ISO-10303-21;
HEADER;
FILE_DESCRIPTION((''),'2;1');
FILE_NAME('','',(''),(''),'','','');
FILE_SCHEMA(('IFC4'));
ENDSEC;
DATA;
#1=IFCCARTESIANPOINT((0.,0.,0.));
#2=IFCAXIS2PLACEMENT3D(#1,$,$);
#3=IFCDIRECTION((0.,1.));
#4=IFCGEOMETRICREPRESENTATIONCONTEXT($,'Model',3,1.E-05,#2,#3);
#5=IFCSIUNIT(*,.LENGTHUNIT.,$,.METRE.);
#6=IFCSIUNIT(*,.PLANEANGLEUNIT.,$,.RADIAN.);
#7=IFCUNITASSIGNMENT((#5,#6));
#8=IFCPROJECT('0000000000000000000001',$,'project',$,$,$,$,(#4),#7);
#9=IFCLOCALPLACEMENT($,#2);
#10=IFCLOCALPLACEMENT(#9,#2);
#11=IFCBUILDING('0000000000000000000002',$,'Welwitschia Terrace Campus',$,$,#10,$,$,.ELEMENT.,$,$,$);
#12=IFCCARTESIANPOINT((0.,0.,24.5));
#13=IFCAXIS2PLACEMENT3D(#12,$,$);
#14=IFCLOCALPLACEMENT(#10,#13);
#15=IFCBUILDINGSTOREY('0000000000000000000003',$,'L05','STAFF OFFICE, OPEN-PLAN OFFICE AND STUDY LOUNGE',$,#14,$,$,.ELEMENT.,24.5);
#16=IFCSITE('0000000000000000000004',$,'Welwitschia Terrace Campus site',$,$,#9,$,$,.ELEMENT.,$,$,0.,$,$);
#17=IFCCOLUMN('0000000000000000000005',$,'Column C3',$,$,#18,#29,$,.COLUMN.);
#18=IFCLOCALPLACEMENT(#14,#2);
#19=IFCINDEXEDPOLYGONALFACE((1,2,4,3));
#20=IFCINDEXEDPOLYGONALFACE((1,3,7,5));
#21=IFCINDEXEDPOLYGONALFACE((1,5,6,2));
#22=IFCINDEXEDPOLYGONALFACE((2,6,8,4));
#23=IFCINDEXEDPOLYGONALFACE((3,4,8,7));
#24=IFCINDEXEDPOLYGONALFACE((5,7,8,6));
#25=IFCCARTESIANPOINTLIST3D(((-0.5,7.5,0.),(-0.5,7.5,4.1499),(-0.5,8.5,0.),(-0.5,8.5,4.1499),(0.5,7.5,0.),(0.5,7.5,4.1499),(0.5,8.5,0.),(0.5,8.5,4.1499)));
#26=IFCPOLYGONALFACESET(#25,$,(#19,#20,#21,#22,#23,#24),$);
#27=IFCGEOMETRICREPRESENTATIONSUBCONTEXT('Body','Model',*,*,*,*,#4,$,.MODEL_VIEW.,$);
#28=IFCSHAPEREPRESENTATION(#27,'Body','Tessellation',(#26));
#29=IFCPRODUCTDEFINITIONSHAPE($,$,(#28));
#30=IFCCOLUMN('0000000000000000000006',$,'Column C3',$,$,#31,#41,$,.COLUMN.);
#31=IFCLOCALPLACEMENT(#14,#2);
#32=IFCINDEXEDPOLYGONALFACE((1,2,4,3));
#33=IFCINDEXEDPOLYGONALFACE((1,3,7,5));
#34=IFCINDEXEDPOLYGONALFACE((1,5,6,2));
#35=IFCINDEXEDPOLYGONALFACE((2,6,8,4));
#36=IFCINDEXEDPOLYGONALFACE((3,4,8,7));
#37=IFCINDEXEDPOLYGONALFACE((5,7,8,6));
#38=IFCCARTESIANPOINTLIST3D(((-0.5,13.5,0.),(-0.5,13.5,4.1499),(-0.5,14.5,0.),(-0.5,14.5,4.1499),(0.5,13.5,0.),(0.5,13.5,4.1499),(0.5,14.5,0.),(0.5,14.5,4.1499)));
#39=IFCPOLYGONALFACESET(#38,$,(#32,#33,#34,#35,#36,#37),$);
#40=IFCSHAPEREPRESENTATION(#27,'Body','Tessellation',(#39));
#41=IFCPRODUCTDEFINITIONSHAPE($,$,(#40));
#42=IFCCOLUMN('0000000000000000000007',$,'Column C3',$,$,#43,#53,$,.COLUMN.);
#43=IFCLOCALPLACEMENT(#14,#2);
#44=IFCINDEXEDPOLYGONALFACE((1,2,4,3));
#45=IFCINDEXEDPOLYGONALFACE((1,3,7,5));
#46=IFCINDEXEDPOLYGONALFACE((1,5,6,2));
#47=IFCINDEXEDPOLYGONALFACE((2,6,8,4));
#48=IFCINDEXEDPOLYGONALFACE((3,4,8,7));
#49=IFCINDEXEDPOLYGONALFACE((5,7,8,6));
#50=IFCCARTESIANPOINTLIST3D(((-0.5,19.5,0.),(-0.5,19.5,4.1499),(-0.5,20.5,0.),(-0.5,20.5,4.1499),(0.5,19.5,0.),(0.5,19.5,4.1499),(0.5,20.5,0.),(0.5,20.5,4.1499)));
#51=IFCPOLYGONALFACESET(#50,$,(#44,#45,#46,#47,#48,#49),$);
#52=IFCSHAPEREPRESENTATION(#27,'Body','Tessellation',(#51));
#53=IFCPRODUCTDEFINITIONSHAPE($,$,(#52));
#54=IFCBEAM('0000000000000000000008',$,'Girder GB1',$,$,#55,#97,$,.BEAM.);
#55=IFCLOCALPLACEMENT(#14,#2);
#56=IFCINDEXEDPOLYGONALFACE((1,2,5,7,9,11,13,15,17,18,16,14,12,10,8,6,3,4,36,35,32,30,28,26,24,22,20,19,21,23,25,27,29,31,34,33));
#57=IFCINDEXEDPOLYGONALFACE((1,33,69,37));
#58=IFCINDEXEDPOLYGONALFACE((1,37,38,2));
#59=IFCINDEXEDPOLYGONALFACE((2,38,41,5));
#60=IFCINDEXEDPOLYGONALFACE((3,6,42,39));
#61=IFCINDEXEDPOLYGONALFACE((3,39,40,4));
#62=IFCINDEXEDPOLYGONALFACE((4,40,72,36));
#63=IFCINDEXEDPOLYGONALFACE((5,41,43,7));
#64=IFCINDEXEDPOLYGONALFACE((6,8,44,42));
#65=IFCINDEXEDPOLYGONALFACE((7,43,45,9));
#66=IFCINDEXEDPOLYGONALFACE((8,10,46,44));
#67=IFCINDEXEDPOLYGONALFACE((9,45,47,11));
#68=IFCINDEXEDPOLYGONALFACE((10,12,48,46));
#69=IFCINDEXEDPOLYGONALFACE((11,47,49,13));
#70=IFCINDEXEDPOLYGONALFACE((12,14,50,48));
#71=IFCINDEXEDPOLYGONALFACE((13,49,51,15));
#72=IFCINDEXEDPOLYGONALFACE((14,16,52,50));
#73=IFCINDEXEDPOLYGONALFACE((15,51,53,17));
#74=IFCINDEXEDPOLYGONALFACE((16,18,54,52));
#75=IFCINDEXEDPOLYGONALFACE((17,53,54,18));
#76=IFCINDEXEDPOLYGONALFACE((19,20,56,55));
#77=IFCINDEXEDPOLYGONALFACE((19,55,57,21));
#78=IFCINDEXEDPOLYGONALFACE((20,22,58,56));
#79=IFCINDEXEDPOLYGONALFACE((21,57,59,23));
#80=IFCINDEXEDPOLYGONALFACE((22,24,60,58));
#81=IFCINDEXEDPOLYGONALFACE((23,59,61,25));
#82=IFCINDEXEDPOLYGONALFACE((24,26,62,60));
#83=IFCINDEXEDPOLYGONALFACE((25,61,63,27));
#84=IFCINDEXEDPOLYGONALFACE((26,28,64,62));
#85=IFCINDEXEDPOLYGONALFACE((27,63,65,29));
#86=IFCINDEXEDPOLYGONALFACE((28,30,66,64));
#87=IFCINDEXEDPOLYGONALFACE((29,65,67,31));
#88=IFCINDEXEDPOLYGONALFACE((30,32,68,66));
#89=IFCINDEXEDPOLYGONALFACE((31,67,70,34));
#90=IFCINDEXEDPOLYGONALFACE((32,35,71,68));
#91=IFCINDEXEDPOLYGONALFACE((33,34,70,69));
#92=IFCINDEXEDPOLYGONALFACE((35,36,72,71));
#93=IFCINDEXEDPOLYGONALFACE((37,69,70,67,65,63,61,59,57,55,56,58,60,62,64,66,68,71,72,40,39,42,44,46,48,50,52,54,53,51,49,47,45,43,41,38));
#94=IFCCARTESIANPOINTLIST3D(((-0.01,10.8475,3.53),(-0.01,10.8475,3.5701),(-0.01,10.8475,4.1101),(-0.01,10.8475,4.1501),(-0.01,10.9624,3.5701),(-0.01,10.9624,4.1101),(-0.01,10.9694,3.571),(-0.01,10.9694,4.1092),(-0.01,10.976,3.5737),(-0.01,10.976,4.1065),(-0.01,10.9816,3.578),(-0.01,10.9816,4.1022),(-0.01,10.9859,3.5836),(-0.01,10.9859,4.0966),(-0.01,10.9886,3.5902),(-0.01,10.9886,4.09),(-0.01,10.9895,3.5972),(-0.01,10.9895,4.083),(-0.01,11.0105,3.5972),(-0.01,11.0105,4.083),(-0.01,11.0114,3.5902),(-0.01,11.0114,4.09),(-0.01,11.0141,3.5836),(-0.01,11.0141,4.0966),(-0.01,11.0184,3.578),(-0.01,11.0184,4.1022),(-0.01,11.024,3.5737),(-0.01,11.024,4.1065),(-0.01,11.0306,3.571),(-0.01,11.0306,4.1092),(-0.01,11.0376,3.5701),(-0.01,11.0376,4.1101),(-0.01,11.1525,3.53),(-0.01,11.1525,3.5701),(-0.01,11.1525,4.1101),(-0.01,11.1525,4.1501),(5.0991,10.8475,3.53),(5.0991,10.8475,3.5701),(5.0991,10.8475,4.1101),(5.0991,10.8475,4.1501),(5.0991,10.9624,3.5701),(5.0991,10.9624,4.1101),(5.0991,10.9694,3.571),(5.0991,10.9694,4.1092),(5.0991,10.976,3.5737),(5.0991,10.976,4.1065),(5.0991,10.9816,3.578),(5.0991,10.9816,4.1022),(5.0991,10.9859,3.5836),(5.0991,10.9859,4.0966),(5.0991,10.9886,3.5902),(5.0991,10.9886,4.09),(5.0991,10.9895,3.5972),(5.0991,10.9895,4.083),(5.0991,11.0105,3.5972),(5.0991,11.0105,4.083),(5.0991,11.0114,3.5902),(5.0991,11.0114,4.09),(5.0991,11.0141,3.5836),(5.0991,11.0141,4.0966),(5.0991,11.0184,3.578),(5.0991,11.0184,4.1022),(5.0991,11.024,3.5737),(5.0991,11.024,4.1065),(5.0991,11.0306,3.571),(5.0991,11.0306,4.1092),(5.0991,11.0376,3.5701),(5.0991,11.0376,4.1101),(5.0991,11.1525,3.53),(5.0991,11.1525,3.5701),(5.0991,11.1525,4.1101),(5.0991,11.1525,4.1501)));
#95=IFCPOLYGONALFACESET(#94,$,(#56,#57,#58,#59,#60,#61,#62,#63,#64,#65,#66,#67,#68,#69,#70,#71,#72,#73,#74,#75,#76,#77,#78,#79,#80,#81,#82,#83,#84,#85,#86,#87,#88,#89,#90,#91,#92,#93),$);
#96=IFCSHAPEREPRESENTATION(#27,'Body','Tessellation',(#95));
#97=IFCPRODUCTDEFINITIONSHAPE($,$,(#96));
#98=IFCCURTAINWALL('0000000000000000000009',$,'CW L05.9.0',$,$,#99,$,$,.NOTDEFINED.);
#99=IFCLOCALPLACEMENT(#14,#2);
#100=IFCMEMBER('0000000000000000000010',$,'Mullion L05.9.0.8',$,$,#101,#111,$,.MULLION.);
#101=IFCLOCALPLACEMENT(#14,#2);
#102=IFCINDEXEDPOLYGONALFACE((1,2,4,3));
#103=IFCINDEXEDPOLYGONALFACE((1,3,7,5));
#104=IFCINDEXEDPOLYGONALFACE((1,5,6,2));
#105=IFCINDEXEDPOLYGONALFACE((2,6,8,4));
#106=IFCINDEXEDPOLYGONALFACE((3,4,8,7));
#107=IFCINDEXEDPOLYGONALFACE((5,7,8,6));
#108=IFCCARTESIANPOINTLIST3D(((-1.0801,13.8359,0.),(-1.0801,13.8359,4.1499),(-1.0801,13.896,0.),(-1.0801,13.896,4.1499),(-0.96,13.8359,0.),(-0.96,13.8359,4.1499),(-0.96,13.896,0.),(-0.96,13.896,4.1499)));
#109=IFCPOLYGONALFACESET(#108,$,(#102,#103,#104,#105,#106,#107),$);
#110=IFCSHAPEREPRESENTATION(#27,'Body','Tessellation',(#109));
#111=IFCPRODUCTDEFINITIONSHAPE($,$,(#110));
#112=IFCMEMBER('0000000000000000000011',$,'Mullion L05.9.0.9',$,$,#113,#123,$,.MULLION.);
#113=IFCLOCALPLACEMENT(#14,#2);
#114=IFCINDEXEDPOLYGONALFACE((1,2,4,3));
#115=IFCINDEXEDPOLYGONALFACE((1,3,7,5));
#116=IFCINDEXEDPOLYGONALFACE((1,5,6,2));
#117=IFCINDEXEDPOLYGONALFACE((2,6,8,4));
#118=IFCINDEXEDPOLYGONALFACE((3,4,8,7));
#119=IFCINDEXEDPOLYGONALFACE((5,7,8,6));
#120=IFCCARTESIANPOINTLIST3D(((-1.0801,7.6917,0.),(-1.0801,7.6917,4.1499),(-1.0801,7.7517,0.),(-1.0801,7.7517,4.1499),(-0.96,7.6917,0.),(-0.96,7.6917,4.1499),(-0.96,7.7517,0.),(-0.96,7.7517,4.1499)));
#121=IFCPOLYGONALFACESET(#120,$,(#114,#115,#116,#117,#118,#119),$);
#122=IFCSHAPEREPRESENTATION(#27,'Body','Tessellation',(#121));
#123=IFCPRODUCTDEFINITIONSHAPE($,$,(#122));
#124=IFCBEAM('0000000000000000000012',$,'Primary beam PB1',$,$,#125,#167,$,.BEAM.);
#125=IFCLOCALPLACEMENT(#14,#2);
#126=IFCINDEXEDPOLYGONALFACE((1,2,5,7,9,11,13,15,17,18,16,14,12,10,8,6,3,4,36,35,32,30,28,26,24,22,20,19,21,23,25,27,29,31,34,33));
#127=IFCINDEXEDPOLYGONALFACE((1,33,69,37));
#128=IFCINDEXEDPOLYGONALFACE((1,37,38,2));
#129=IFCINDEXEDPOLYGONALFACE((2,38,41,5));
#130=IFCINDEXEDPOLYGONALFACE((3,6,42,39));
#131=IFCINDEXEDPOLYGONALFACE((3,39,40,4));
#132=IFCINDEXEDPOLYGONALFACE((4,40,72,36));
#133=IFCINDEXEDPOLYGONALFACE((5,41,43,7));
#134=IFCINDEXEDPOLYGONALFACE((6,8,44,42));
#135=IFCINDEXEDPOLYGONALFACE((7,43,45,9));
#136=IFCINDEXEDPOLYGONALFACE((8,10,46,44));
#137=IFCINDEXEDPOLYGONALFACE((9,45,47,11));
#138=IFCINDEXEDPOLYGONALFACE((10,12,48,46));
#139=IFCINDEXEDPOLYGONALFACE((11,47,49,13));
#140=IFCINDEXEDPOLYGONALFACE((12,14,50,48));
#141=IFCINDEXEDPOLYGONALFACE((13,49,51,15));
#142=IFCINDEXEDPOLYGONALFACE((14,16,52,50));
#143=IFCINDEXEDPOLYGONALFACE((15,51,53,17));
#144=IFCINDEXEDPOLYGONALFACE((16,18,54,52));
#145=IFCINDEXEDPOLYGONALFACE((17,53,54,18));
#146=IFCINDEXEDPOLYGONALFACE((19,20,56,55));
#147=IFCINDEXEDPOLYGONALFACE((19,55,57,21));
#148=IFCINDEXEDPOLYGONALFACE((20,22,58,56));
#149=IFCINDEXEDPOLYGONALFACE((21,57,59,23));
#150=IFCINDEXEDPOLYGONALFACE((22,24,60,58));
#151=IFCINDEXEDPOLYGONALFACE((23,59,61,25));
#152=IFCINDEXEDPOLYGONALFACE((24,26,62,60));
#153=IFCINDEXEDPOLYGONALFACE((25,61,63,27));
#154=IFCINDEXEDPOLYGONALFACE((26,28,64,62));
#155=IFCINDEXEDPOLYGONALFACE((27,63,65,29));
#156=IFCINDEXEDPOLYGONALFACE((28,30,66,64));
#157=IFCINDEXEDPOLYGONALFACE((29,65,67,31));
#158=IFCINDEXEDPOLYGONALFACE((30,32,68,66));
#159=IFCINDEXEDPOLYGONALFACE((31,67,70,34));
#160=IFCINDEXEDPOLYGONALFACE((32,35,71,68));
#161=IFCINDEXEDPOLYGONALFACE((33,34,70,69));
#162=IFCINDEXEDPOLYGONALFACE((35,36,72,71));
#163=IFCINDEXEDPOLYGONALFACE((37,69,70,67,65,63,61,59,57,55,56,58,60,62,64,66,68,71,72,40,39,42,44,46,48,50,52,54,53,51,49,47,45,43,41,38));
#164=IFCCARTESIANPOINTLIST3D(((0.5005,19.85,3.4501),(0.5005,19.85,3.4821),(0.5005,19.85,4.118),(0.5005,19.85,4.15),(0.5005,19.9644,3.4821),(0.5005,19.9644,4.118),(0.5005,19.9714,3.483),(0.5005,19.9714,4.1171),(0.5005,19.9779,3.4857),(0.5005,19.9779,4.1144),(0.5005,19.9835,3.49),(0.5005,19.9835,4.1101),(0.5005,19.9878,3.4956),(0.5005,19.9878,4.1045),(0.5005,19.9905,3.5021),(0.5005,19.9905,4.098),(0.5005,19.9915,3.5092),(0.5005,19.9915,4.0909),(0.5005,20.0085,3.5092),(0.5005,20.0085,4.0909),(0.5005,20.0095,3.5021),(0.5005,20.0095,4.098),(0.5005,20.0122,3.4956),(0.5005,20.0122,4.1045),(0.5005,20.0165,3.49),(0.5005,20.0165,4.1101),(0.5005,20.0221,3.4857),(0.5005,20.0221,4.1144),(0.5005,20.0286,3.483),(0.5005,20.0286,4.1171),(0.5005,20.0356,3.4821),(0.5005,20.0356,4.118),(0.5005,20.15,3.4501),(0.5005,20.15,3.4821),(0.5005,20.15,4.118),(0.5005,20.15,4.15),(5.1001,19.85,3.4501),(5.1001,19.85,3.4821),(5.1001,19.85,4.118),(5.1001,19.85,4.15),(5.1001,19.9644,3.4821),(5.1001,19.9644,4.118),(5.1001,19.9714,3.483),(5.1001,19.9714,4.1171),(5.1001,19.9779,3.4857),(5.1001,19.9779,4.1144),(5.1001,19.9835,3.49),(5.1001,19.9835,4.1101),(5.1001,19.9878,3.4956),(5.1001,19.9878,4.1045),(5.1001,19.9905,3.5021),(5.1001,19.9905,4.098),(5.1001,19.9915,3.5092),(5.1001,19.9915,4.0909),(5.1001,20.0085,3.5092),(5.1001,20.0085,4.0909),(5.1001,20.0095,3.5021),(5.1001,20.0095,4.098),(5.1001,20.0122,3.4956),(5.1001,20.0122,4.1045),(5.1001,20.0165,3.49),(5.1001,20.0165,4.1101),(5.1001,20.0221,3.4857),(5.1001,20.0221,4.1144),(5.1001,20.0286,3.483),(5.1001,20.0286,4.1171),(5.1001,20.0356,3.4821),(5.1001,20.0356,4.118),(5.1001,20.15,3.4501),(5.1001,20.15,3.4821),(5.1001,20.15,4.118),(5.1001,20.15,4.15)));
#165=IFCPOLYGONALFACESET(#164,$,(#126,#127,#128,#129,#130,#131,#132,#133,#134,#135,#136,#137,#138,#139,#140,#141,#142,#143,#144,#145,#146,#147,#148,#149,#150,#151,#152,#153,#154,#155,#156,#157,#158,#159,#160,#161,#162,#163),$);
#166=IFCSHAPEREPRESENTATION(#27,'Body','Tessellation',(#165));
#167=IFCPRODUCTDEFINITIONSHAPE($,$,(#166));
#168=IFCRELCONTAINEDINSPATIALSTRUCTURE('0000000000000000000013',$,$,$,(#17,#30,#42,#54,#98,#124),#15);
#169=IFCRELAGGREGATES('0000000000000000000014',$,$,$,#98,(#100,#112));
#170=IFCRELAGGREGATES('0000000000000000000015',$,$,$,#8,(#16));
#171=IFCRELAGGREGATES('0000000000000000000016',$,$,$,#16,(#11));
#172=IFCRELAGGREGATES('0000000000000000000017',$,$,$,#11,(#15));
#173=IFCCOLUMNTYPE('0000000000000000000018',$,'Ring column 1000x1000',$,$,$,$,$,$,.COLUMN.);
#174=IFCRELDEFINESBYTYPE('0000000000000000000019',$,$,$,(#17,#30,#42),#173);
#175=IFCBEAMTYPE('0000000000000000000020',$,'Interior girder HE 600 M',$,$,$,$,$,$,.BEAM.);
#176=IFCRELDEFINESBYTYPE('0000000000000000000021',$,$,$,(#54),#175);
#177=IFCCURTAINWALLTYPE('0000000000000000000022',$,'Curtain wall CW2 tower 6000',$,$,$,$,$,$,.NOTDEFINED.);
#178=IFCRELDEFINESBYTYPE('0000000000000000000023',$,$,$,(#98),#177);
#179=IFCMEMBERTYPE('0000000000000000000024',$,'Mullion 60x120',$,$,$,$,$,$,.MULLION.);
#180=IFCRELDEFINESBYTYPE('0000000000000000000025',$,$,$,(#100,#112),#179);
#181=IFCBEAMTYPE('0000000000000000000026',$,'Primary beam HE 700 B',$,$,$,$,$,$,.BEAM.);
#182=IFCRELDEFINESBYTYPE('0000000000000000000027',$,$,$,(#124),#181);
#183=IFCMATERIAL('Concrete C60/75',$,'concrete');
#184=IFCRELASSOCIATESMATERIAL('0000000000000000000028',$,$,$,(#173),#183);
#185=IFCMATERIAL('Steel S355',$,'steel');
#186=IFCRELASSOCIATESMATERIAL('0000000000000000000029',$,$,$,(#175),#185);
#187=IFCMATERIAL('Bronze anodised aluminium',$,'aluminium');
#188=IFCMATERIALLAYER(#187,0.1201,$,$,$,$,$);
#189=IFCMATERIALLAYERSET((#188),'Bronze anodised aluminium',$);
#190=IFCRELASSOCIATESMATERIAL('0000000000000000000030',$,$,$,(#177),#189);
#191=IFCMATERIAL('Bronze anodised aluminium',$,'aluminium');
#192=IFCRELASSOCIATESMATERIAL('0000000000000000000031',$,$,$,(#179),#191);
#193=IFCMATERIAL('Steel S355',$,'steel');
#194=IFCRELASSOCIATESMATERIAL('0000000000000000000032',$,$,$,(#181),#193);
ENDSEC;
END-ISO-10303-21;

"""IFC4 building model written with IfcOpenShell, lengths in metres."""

from ifc_helpers import new_model, si_unit, direction, frame, origin, origin_2d, place, context, subcontext, project, spatial, rectangle, i_section, extrude, material, layer, layer_set, material_profile, profile_set, type_object, element, aggregate, save


model = new_model("IFC4")

# Units and contexts
model_context = context("Model", 3, precision=1e-05, world=origin(), true_north=direction((0.0, 1.0)))
body_context = subcontext(model_context, "Body", "Model", "MODEL_VIEW")
ifc_project = project(units=[si_unit("LENGTHUNIT", "METRE"), si_unit("PLANEANGLEUNIT", "RADIAN")], contexts=[model_context])

# Site, building, storey
site_placement = place(None, origin())
site = spatial("IfcSite", under=ifc_project, at=site_placement, Name="Welwitschia Terrace Campus site", CompositionType="ELEMENT", RefElevation=0.0)
building_placement = place(site_placement, origin())
building = spatial("IfcBuilding", under=site, at=building_placement, Name="Welwitschia Terrace Campus", CompositionType="ELEMENT")
storey_placement = place(building_placement, frame((0.0, 0.0, 24.5)))
storey = spatial("IfcBuildingStorey", under=building, at=storey_placement, Name="L05", Description="STAFF OFFICE, OPEN-PLAN OFFICE AND STUDY LOUNGE", CompositionType="ELEMENT", Elevation=24.5)

# Columns
ifc_material_1 = material(Name="Concrete C60/75", Category="concrete")
ifc_material_profile_1 = material_profile(ifc_material_1, rectangle(XDim=1.0, YDim=1.0, at=origin_2d()))
ifc_profile_set_1 = profile_set([ifc_material_profile_1], Name="Concrete C60/75")
column_type = type_object("IfcColumnType", Name="Ring column 1000x1000", PredefinedType="COLUMN", material=ifc_profile_set_1)
for number, where, z_axis, x_axis, name in (
    (1, (0.0, 8.0, 0.0), (0.0, 0.0, 1.0), (1.0, 0.0, 0.0), "Column C3"),
    (2, (0.0, 14.0, 0.0), (0.0, 0.0, 1.0), (1.0, 0.0, 0.0), "Column C3"),
    (3, (0.0, 20.0, 0.0), (0.0, 0.0, 1.0), (1.0, 0.0, 0.0), "Column C3"),
):
    element("IfcColumn", number, at=place(storey_placement, frame(where, z_axis=z_axis, x_axis=x_axis)), inside=storey, type_object=column_type, Name=name, PredefinedType="COLUMN", context=body_context, shape_type="SweptSolid", body=[
        extrude(rectangle(XDim=1.0, YDim=1.0, at=origin_2d()), origin(), (0.0, 0.0, 1.0), 4.1499),
    ])

# Beam
ifc_material_2 = material(Name="Steel S355", Category="steel")
ifc_material_profile_2 = material_profile(ifc_material_2, i_section(OverallWidth=0.3049, OverallDepth=0.6201, WebThickness=0.021, FlangeThickness=0.04, FilletRadius=0.0271, at=origin_2d()))
ifc_profile_set_2 = profile_set([ifc_material_profile_2], Name="Steel S355")
beam_type_1 = type_object("IfcBeamType", Name="Interior girder HE 600 M", PredefinedType="BEAM", material=ifc_profile_set_2)
beam_1_placement = place(storey_placement, frame((-0.01, 11.0, 3.8401), z_axis=(1.0, 0.0, 0.0), x_axis=(0.0, 1.0, 0.0)))
element("IfcBeam", 4, at=beam_1_placement, inside=storey, type_object=beam_type_1, Name="Girder GB1", PredefinedType="BEAM", context=body_context, shape_type="SweptSolid", body=[
    extrude(i_section(OverallWidth=0.3049, OverallDepth=0.6201, WebThickness=0.021, FlangeThickness=0.04, FilletRadius=0.0271, at=origin_2d()), origin(), (0.0, 0.0, 1.0), 5.1091),
])

# Curtain wall, members
ifc_material_3 = material(Name="Bronze anodised aluminium", Category="aluminium")
ifc_layer_1 = layer(ifc_material_3, 0.1201)
ifc_layer_set_1 = layer_set([ifc_layer_1], Name="Bronze anodised aluminium")
curtain_wall_type = type_object("IfcCurtainWallType", Name="Curtain wall CW2 tower 6000", PredefinedType="NOTDEFINED", material=ifc_layer_set_1)
curtain_wall_placement = place(storey_placement, origin())
curtain_wall = element("IfcCurtainWall", 5, at=curtain_wall_placement, inside=storey, type_object=curtain_wall_type, Name="CW L05.9.0", PredefinedType="NOTDEFINED")
ifc_material_4 = material(Name="Bronze anodised aluminium", Category="aluminium")
ifc_material_profile_3 = material_profile(ifc_material_4, rectangle(XDim=0.1201, YDim=0.0601, at=origin_2d()))
ifc_profile_set_3 = profile_set([ifc_material_profile_3], Name="Bronze anodised aluminium")
member_type = type_object("IfcMemberType", Name="Mullion 60x120", PredefinedType="MULLION", material=ifc_profile_set_3)
member_1_placement = place(storey_placement, frame((-1.02, 13.866, 0.0), z_axis=(0.0, 0.0, 1.0), x_axis=(1.0, 0.0, 0.0)))
member_1 = element("IfcMember", 6, at=member_1_placement, type_object=member_type, Name="Mullion L05.9.0.8", PredefinedType="MULLION", context=body_context, shape_type="SweptSolid", body=[
    extrude(rectangle(XDim=0.1201, YDim=0.0601, at=origin_2d()), origin(), (0.0, 0.0, 1.0), 4.1499),
])
member_2_placement = place(storey_placement, frame((-1.02, 7.7217, 0.0), z_axis=(0.0, 0.0, 1.0), x_axis=(1.0, 0.0, 0.0)))
member_2 = element("IfcMember", 7, at=member_2_placement, type_object=member_type, Name="Mullion L05.9.0.9", PredefinedType="MULLION", context=body_context, shape_type="SweptSolid", body=[
    extrude(rectangle(XDim=0.1201, YDim=0.0601, at=origin_2d()), origin(), (0.0, 0.0, 1.0), 4.1499),
])

# Beam
ifc_material_5 = material(Name="Steel S355", Category="steel")
ifc_material_profile_4 = material_profile(ifc_material_5, i_section(OverallWidth=0.3, OverallDepth=0.7, WebThickness=0.0171, FlangeThickness=0.032, FilletRadius=0.0271, at=origin_2d()))
ifc_profile_set_4 = profile_set([ifc_material_profile_4], Name="Steel S355")
beam_type_2 = type_object("IfcBeamType", Name="Primary beam HE 700 B", PredefinedType="BEAM", material=ifc_profile_set_4)
for number, where, z_axis, x_axis, name in (
    (8, (0.5005, 20.0, 3.8), (1.0, 0.0, 0.0), (0.0, 1.0, 0.0), "Primary beam PB1"),
):
    element("IfcBeam", number, at=place(storey_placement, frame(where, z_axis=z_axis, x_axis=x_axis)), inside=storey, type_object=beam_type_2, Name=name, PredefinedType="BEAM", context=body_context, shape_type="SweptSolid", body=[
        extrude(i_section(OverallWidth=0.3, OverallDepth=0.7, WebThickness=0.0171, FlangeThickness=0.032, FilletRadius=0.0271, at=origin_2d()), origin(), (0.0, 0.0, 1.0), 4.5996),
    ])

aggregate(curtain_wall, [member_1, member_2])

save(model, "model.ifc")
